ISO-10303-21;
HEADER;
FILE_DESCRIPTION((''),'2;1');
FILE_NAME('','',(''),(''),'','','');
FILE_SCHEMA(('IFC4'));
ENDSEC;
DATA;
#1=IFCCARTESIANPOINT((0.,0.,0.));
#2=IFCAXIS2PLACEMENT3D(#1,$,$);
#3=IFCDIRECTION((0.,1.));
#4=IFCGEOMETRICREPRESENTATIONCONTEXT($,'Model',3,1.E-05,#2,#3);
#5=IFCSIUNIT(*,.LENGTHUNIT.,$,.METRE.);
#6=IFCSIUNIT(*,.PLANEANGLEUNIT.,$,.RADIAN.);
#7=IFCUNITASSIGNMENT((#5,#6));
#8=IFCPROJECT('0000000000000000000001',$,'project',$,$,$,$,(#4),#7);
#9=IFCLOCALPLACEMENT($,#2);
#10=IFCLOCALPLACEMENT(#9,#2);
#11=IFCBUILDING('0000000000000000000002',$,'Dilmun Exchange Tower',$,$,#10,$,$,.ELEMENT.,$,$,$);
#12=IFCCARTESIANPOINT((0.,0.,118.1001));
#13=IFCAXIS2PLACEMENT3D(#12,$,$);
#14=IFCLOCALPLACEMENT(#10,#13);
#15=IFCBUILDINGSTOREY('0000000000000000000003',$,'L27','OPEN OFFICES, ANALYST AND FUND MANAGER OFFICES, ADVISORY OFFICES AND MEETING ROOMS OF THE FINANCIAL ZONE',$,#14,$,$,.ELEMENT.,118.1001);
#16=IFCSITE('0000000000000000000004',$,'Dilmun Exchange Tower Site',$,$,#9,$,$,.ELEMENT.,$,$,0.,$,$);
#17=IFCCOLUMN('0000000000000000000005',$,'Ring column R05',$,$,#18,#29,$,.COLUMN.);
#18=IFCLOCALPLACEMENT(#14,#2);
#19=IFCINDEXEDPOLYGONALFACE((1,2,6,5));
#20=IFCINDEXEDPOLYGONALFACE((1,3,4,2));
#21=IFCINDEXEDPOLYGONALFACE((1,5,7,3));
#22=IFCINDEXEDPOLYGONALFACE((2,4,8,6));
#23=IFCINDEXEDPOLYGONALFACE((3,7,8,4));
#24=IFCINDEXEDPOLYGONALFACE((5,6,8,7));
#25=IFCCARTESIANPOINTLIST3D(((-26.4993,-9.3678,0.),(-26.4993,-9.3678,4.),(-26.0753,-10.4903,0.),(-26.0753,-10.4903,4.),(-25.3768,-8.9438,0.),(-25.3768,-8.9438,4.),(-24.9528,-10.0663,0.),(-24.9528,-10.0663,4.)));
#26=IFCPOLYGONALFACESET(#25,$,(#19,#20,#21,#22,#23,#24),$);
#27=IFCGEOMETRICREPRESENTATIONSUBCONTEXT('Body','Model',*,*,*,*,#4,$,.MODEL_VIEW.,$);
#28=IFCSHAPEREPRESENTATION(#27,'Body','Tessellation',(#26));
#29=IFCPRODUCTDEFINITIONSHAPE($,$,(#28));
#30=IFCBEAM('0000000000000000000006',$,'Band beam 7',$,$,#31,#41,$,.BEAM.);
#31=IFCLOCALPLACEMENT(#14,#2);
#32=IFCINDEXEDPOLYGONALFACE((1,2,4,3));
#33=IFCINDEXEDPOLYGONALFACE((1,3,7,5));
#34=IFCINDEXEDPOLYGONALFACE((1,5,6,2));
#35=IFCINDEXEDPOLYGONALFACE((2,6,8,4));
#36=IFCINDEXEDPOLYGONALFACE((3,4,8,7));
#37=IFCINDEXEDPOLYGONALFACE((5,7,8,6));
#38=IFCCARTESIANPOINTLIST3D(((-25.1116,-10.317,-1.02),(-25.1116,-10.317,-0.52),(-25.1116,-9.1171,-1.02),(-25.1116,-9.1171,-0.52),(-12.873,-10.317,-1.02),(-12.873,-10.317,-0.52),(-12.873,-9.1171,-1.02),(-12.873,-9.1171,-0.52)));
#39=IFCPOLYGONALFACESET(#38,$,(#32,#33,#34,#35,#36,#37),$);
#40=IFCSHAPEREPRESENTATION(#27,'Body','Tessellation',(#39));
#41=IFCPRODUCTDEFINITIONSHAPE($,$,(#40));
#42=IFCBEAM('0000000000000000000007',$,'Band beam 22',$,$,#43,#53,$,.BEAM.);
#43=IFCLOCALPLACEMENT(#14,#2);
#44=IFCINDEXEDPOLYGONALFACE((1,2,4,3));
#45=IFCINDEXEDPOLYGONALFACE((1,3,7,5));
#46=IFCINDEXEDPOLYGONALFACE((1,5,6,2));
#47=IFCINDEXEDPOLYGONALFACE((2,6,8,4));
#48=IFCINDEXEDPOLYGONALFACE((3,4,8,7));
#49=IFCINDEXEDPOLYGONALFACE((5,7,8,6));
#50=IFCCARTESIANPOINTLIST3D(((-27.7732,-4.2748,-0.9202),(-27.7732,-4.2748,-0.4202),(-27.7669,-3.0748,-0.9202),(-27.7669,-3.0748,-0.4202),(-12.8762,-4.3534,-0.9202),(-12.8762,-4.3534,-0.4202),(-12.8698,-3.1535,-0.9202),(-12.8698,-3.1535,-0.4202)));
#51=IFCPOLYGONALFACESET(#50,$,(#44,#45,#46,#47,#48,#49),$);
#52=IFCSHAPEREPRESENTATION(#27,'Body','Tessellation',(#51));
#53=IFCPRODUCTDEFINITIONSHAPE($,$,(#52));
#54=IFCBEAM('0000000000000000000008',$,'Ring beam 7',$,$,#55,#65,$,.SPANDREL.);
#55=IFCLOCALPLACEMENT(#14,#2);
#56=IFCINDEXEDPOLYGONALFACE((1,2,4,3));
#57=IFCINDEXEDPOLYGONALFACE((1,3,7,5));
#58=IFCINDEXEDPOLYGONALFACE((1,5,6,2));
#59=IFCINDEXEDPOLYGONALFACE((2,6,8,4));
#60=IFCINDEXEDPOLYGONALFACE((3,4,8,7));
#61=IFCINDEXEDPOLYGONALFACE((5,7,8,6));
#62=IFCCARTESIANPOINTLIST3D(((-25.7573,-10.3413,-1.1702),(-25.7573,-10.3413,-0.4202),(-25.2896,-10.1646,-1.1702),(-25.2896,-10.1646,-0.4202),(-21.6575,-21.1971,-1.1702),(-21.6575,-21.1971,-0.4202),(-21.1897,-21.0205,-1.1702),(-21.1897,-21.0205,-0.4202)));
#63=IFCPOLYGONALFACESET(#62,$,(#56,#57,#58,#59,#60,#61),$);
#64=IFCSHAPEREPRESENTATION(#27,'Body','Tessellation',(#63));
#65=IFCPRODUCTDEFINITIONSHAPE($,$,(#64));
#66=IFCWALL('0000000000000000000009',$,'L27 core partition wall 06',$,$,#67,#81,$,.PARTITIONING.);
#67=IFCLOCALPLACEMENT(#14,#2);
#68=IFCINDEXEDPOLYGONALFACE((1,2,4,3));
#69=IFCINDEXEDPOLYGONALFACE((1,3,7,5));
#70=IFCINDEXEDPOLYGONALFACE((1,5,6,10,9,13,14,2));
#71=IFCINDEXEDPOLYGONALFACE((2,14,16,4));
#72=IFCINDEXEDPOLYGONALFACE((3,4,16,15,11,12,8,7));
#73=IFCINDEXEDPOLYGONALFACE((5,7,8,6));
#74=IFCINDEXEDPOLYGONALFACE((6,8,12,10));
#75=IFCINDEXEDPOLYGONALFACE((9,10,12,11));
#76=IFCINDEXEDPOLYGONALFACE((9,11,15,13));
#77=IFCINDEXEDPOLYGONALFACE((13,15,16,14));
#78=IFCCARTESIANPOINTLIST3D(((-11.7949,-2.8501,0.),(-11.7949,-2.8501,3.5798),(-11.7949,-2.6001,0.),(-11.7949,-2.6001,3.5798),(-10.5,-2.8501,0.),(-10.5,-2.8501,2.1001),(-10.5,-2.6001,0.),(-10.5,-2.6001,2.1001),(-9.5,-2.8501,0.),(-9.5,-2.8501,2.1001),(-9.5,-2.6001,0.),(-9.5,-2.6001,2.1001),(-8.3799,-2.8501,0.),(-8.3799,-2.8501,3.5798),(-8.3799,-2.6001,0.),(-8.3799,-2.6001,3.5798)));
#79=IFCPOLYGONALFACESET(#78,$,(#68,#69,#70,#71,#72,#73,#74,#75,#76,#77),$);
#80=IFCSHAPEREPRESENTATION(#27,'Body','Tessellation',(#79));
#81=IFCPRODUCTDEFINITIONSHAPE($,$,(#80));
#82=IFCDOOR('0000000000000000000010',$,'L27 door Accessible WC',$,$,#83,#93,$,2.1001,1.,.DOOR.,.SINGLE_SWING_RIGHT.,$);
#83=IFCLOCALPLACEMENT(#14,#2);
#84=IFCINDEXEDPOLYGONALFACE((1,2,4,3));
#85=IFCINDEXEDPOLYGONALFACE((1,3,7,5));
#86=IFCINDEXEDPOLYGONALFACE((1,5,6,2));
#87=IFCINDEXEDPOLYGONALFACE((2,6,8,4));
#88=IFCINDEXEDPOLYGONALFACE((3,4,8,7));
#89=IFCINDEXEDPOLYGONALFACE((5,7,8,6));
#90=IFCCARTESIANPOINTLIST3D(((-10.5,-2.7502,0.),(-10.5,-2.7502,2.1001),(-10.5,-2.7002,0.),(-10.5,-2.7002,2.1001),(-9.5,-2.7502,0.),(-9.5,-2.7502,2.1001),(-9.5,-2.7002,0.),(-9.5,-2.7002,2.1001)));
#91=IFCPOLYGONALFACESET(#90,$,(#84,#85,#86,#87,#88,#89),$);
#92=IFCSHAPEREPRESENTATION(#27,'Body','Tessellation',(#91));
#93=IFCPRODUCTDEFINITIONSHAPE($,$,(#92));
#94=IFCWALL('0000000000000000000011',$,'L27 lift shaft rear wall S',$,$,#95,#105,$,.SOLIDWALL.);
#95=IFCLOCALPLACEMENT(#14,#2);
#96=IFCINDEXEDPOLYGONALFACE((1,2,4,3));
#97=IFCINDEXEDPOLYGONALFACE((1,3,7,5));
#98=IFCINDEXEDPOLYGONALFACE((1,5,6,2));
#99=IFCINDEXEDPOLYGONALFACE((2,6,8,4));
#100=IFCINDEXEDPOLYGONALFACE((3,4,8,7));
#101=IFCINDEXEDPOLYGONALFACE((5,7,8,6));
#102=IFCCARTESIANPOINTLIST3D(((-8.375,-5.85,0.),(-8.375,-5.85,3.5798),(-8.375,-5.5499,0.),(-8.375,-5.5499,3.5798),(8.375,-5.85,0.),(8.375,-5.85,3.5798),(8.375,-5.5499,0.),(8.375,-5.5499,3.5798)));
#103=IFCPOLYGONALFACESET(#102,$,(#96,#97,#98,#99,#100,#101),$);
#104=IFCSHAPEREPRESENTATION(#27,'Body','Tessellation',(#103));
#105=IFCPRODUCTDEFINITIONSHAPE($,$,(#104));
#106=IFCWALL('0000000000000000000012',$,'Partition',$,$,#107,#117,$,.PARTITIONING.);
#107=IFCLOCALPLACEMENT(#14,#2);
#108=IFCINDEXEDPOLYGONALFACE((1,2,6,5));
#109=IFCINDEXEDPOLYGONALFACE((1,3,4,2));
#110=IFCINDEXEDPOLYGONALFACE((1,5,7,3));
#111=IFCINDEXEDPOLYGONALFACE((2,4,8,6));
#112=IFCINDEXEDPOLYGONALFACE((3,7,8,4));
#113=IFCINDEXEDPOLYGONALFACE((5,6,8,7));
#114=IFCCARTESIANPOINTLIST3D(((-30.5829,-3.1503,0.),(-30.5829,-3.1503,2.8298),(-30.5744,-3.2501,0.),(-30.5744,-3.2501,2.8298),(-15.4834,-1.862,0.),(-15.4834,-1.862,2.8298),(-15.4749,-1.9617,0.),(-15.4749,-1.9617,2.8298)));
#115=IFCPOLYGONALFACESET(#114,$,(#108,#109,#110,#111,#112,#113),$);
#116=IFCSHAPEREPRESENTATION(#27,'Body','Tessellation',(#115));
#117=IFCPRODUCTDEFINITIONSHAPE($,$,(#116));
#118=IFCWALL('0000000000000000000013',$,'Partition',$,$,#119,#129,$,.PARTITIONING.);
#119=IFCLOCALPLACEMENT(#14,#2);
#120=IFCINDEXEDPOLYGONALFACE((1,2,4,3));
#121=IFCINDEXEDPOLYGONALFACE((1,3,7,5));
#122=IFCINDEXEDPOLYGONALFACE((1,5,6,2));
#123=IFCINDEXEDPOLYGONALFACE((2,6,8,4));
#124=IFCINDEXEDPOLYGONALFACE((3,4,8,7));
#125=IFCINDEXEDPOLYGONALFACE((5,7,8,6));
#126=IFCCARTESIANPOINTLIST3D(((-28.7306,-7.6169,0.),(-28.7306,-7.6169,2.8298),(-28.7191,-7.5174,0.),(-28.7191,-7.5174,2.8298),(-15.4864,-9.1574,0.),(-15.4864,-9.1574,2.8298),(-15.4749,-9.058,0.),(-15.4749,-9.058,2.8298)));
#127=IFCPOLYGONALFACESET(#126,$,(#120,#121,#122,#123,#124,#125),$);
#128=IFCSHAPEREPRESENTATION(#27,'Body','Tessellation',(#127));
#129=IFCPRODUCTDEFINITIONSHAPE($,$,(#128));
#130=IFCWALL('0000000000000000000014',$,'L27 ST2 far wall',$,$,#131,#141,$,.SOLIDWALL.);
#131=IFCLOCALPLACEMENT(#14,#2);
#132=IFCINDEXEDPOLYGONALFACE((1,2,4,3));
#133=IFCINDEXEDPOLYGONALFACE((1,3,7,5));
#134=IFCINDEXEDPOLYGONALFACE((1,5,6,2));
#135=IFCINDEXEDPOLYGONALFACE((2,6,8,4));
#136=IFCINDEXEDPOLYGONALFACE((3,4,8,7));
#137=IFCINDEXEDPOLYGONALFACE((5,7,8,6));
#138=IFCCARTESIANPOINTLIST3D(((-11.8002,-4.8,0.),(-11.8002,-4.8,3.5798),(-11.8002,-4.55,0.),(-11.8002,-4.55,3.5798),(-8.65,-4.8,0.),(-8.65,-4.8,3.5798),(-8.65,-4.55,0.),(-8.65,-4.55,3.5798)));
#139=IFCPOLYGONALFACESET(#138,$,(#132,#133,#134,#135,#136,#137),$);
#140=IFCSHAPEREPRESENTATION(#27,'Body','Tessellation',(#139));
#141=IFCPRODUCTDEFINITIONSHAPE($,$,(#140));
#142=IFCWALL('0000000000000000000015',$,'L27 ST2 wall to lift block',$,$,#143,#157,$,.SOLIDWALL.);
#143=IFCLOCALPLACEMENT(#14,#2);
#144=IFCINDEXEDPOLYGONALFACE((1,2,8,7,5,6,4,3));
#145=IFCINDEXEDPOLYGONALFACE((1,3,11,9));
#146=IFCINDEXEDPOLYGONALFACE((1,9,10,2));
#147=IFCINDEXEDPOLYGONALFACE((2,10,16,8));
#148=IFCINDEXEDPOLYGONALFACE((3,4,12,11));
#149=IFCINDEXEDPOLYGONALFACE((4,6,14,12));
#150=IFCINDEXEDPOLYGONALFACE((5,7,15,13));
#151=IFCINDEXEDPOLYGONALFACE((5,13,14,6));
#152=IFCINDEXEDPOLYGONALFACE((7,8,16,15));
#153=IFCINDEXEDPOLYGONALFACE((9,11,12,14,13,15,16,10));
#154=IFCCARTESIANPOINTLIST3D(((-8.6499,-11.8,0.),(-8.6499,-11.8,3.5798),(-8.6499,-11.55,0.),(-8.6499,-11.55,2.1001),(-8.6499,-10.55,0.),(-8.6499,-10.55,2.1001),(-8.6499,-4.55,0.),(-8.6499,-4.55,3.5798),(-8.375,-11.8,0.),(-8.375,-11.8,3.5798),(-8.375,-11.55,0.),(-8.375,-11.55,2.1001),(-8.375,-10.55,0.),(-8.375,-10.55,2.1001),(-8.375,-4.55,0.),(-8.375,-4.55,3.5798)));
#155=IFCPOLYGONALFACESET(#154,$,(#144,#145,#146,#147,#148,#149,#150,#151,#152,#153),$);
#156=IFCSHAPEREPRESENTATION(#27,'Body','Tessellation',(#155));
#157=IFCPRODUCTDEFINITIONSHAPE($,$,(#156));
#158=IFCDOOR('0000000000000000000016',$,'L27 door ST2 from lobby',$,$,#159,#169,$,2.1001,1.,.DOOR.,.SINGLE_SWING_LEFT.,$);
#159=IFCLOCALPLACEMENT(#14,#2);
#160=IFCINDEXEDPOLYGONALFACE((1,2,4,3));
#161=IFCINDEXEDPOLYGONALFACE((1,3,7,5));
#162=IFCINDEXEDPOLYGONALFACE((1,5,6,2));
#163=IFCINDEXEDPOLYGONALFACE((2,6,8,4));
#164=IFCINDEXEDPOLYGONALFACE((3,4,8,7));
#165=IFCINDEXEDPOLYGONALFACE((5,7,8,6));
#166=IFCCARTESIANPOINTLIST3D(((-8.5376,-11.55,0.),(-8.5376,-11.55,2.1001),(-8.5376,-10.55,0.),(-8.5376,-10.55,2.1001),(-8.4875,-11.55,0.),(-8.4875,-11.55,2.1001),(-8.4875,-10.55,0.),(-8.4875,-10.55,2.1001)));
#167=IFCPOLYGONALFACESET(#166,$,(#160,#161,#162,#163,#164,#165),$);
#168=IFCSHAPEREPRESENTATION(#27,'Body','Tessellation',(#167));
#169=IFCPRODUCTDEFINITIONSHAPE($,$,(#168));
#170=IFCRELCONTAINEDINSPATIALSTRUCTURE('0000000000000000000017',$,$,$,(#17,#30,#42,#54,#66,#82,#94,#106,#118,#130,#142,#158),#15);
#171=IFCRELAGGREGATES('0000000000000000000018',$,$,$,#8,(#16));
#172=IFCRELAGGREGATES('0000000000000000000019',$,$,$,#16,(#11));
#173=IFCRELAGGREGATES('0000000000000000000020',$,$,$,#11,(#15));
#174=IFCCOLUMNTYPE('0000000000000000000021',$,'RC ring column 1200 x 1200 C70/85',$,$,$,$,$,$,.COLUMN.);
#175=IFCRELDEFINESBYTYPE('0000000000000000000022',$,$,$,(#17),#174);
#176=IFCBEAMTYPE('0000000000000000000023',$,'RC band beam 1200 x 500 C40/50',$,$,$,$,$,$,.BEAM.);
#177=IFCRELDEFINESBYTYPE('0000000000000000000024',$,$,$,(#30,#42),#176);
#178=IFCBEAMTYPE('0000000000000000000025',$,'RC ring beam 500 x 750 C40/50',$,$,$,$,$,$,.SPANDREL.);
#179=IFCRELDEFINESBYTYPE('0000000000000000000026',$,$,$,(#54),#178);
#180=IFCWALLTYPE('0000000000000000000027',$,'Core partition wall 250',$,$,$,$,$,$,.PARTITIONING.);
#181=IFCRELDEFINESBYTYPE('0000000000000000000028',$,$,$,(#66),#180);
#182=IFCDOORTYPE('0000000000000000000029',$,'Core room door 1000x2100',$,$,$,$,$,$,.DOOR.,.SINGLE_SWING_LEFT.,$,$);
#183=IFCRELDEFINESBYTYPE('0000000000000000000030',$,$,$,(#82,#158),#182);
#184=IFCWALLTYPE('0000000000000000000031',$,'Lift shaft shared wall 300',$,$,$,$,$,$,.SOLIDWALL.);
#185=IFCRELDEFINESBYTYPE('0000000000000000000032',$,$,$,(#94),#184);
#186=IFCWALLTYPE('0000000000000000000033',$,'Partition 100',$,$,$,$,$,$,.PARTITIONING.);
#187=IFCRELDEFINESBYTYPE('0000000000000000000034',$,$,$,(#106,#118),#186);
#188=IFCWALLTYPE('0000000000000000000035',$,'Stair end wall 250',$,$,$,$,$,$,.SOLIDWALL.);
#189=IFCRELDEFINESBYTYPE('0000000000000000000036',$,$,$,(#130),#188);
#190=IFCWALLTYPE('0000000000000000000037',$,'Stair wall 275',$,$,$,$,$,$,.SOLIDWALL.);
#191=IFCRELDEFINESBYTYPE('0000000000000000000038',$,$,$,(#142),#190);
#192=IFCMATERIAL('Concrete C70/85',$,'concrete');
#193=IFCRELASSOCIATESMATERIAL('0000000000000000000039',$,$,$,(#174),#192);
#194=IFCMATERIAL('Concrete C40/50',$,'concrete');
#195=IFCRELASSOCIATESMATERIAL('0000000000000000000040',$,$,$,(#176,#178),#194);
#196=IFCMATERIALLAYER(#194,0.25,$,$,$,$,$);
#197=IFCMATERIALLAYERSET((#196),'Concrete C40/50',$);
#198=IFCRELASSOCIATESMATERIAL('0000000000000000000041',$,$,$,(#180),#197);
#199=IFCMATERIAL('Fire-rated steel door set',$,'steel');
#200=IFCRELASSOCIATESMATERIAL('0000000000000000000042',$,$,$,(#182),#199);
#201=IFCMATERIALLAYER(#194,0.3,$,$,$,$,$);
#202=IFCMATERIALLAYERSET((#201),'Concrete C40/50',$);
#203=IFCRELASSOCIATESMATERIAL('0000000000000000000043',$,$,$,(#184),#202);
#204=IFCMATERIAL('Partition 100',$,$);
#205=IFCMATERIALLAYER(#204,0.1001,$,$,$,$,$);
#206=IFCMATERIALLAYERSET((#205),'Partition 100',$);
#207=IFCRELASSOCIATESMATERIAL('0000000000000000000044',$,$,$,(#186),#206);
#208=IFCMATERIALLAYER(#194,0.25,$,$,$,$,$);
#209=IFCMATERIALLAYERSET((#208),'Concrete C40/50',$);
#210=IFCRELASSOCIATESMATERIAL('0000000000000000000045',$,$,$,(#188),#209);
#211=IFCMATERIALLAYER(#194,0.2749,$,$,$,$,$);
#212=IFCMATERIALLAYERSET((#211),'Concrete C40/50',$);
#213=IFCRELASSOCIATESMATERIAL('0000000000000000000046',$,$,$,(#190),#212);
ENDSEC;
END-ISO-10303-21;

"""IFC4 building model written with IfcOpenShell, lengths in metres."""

from ifc_helpers import new_model, si_unit, direction, frame, frame_2d, origin, origin_2d, place, context, subcontext, project, spatial, rectangle, extrude, material, layer, layer_set, material_profile, profile_set, type_object, element, fill, save


model = new_model("IFC4")

# Units and contexts
model_context = context("Model", 3, precision=1e-05, world=origin(), true_north=direction((0.0, 1.0)))
body_context = subcontext(model_context, "Body", "Model", "MODEL_VIEW")
ifc_project = project(units=[si_unit("LENGTHUNIT", "METRE"), si_unit("PLANEANGLEUNIT", "RADIAN")], contexts=[model_context])

# Site, building, storey
site_placement = place(None, origin())
site = spatial("IfcSite", under=ifc_project, at=site_placement, Name="Dilmun Exchange Tower Site", CompositionType="ELEMENT", RefElevation=0.0)
building_placement = place(site_placement, origin())
building = spatial("IfcBuilding", under=site, at=building_placement, Name="Dilmun Exchange Tower", CompositionType="ELEMENT")
storey_placement = place(building_placement, frame((0.0, 0.0, 118.1001)))
storey = spatial("IfcBuildingStorey", under=building, at=storey_placement, Name="L27", Description="OPEN OFFICES, ANALYST AND FUND MANAGER OFFICES, ADVISORY OFFICES AND MEETING ROOMS OF THE FINANCIAL ZONE", CompositionType="ELEMENT", Elevation=118.1001)

# Column
ifc_material_1 = material(Name="Concrete C70/85", Category="concrete")
ifc_material_profile_1 = material_profile(ifc_material_1, rectangle(XDim=1.2, YDim=1.2, at=origin_2d()), Name="1200 x 1200")
ifc_profile_set_1 = profile_set([ifc_material_profile_1], Name="Concrete C70/85")
column_type = type_object("IfcColumnType", Name="RC ring column 1200 x 1200 C70/85", PredefinedType="COLUMN", material=ifc_profile_set_1)
column_placement = place(storey_placement, frame((-25.7261, -9.717, 0.0), z_axis=(0.0, 0.0, 1.0), x_axis=(0.935492, 0.353349, 0.0)))
element("IfcColumn", 1, at=column_placement, inside=storey, type_object=column_type, Name="Ring column R05", PredefinedType="COLUMN", context=body_context, shape_type="SweptSolid", body=[
    extrude(rectangle(XDim=1.2, YDim=1.2, at=origin_2d()), origin(), (0.0, 0.0, 1.0), 4.0),
])

# Beams
ifc_material_2 = material(Name="Concrete C40/50", Category="concrete")
ifc_material_profile_2 = material_profile(ifc_material_2, rectangle(XDim=1.2, YDim=0.5, at=origin_2d()), Name="1200 x 500")
ifc_profile_set_2 = profile_set([ifc_material_profile_2], Name="Concrete C40/50")
beam_type_1 = type_object("IfcBeamType", Name="RC band beam 1200 x 500 C40/50", PredefinedType="BEAM", material=ifc_profile_set_2)
beam_1_placement = place(storey_placement, frame((-25.1116, -9.717, -0.77), z_axis=(1.0, 0.0, 0.0), x_axis=(0.0, 1.0, 0.0)))
element("IfcBeam", 2, at=beam_1_placement, inside=storey, type_object=beam_type_1, Name="Band beam 7", PredefinedType="BEAM", context=body_context, shape_type="SweptSolid", body=[
    extrude(rectangle(XDim=1.2, YDim=0.5, at=origin_2d()), origin(), (0.0, 0.0, 1.0), 12.2385),
])
beam_2_placement = place(storey_placement, frame((-27.77, -3.6748, -0.6702), z_axis=(0.999986, -0.005277, 0.0), x_axis=(0.005277, 0.999986, 0.0)))
element("IfcBeam", 3, at=beam_2_placement, inside=storey, type_object=beam_type_1, Name="Band beam 22", PredefinedType="BEAM", context=body_context, shape_type="SweptSolid", body=[
    extrude(rectangle(XDim=1.2, YDim=0.5, at=origin_2d()), origin(), (0.0, 0.0, 1.0), 14.8972),
])
ifc_material_profile_3 = material_profile(ifc_material_2, rectangle(XDim=0.5, YDim=0.75, at=origin_2d()), Name="500 x 750")
ifc_profile_set_3 = profile_set([ifc_material_profile_3], Name="Concrete C40/50")
beam_type_2 = type_object("IfcBeamType", Name="RC ring beam 500 x 750 C40/50", PredefinedType="SPANDREL", material=ifc_profile_set_3)
beam_3_placement = place(storey_placement, frame((-25.5234, -10.2529, -0.7952), z_axis=(0.353304, -0.935509, 0.0), x_axis=(0.935509, 0.353304, 0.0)))
element("IfcBeam", 4, at=beam_3_placement, inside=storey, type_object=beam_type_2, Name="Ring beam 7", PredefinedType="SPANDREL", context=body_context, shape_type="SweptSolid", body=[
    extrude(rectangle(XDim=0.5, YDim=0.75, at=origin_2d()), origin(), (0.0, 0.0, 1.0), 11.6042),
])

# Wall, opening, door
ifc_layer_1 = layer(ifc_material_2, 0.25)
ifc_layer_set_1 = layer_set([ifc_layer_1], Name="Concrete C40/50")
wall_type_1 = type_object("IfcWallType", Name="Core partition wall 250", PredefinedType="PARTITIONING", material=ifc_layer_set_1)
wall_1_placement = place(storey_placement, frame((-11.7949, -2.7251, 0.0), z_axis=(0.0, 0.0, 1.0), x_axis=(1.0, 0.0, 0.0)))
wall_1 = element("IfcWall", 5, at=wall_1_placement, inside=storey, type_object=wall_type_1, Name="L27 core partition wall 06", PredefinedType="PARTITIONING", context=body_context, shape_type="SweptSolid", body=[
    extrude(rectangle(XDim=3.415, YDim=0.25, at=frame_2d((1.7075, 0.0))), origin(), (0.0, 0.0, 1.0), 3.5798),
])
opening_1_placement = place(wall_1_placement, frame((1.2949, 0.0, 0.0)))
opening_1 = element("IfcOpeningElement", 6, at=opening_1_placement, cuts=wall_1, PredefinedType="OPENING", context=body_context, shape_type="SweptSolid", body=[
    extrude(rectangle(XDim=1.0, YDim=2.1001, at=frame_2d((0.5, 1.05))), frame((0.0, 0.135, 0.0), z_axis=(0.0, -1.0, 0.0), x_axis=(1.0, 0.0, 0.0)), (0.0, 0.0, 1.0), 0.27),
])
ifc_material_3 = material(Name="Fire-rated steel door set", Category="steel")
door_type = type_object("IfcDoorType", Name="Core room door 1000x2100", OperationType="SINGLE_SWING_LEFT", PredefinedType="DOOR", material=ifc_material_3)
door_1_placement = place(opening_1_placement, origin())
door_1 = element("IfcDoor", 7, at=door_1_placement, inside=storey, type_object=door_type, Name="L27 door Accessible WC", OperationType="SINGLE_SWING_RIGHT", OverallHeight=2.1001, OverallWidth=1.0, PredefinedType="DOOR", context=body_context, shape_type="SweptSolid", body=[
    extrude(rectangle(XDim=1.0, YDim=2.1001, at=frame_2d((0.5, 1.05))), frame((0.0, 0.0249, 0.0), z_axis=(0.0, -1.0, 0.0), x_axis=(1.0, 0.0, 0.0)), (0.0, 0.0, 1.0), 0.05),
])
fill(opening_1, door_1)

# Walls
ifc_layer_2 = layer(ifc_material_2, 0.3)
ifc_layer_set_2 = layer_set([ifc_layer_2], Name="Concrete C40/50")
wall_type_2 = type_object("IfcWallType", Name="Lift shaft shared wall 300", PredefinedType="SOLIDWALL", material=ifc_layer_set_2)
wall_2_placement = place(storey_placement, frame((-8.375, -5.7, 0.0), z_axis=(0.0, 0.0, 1.0), x_axis=(1.0, 0.0, 0.0)))
element("IfcWall", 8, at=wall_2_placement, inside=storey, type_object=wall_type_2, Name="L27 lift shaft rear wall S", PredefinedType="SOLIDWALL", context=body_context, shape_type="SweptSolid", body=[
    extrude(rectangle(XDim=16.75, YDim=0.3, at=frame_2d((8.375, 0.0))), origin(), (0.0, 0.0, 1.0), 3.5798),
])
ifc_material_4 = material(Name="Partition 100")
ifc_layer_3 = layer(ifc_material_4, 0.1001)
ifc_layer_set_3 = layer_set([ifc_layer_3], Name="Partition 100")
wall_type_3 = type_object("IfcWallType", Name="Partition 100", PredefinedType="PARTITIONING", material=ifc_layer_set_3)
wall_3_placement = place(storey_placement, frame((-30.5786, -3.2002, 0.0), z_axis=(0.0, 0.0, 1.0), x_axis=(0.99638, 0.085015, 0.0)))
element("IfcWall", 9, at=wall_3_placement, inside=storey, type_object=wall_type_3, Name="Partition", PredefinedType="PARTITIONING", context=body_context, shape_type="SweptSolid", body=[
    extrude(rectangle(XDim=15.1543, YDim=0.1001, at=frame_2d((7.5771, 0.0))), origin(), (0.0, 0.0, 1.0), 2.8298),
])
wall_4_placement = place(storey_placement, frame((-28.7249, -7.5671, 0.0), z_axis=(0.0, 0.0, 1.0), x_axis=(0.993303, -0.115539, 0.0)))
element("IfcWall", 10, at=wall_4_placement, inside=storey, type_object=wall_type_3, Name="Partition", PredefinedType="PARTITIONING", context=body_context, shape_type="SweptSolid", body=[
    extrude(rectangle(XDim=13.3335, YDim=0.1001, at=frame_2d((6.6667, 0.0))), origin(), (0.0, 0.0, 1.0), 2.8298),
])
ifc_layer_4 = layer(ifc_material_2, 0.25)
ifc_layer_set_4 = layer_set([ifc_layer_4], Name="Concrete C40/50")
wall_type_4 = type_object("IfcWallType", Name="Stair end wall 250", PredefinedType="SOLIDWALL", material=ifc_layer_set_4)
wall_5_placement = place(storey_placement, frame((-8.6499, -4.675, 0.0), z_axis=(0.0, 0.0, 1.0), x_axis=(-1.0, 0.0, 0.0)))
element("IfcWall", 11, at=wall_5_placement, inside=storey, type_object=wall_type_4, Name="L27 ST2 far wall", PredefinedType="SOLIDWALL", context=body_context, shape_type="SweptSolid", body=[
    extrude(rectangle(XDim=3.1501, YDim=0.25, at=frame_2d((1.5752, 0.0))), origin(), (0.0, 0.0, 1.0), 3.5798),
])

# Wall, opening, door
ifc_layer_5 = layer(ifc_material_2, 0.2749)
ifc_layer_set_5 = layer_set([ifc_layer_5], Name="Concrete C40/50")
wall_type_5 = type_object("IfcWallType", Name="Stair wall 275", PredefinedType="SOLIDWALL", material=ifc_layer_set_5)
wall_6_placement = place(storey_placement, frame((-8.5125, -4.55, 0.0), z_axis=(0.0, 0.0, 1.0), x_axis=(0.0, -1.0, 0.0)))
wall_6 = element("IfcWall", 12, at=wall_6_placement, inside=storey, type_object=wall_type_5, Name="L27 ST2 wall to lift block", PredefinedType="SOLIDWALL", context=body_context, shape_type="SweptSolid", body=[
    extrude(rectangle(XDim=7.25, YDim=0.2749, at=frame_2d((3.625, 0.0))), origin(), (0.0, 0.0, 1.0), 3.5798),
])
opening_2_placement = place(wall_6_placement, frame((6.0, 0.0, 0.0)))
opening_2 = element("IfcOpeningElement", 13, at=opening_2_placement, cuts=wall_6, PredefinedType="OPENING", context=body_context, shape_type="SweptSolid", body=[
    extrude(rectangle(XDim=1.0, YDim=2.1001, at=frame_2d((0.5, 1.05))), frame((0.0, 0.1475, 0.0), z_axis=(0.0, -1.0, 0.0), x_axis=(1.0, 0.0, 0.0)), (0.0, 0.0, 1.0), 0.2949),
])
door_2_placement = place(opening_2_placement, origin())
door_2 = element("IfcDoor", 14, at=door_2_placement, inside=storey, type_object=door_type, Name="L27 door ST2 from lobby", OperationType="SINGLE_SWING_LEFT", OverallHeight=2.1001, OverallWidth=1.0, PredefinedType="DOOR", context=body_context, shape_type="SweptSolid", body=[
    extrude(rectangle(XDim=1.0, YDim=2.1001, at=frame_2d((0.5, 1.05))), frame((0.0, 0.0249, 0.0), z_axis=(0.0, -1.0, 0.0), x_axis=(1.0, 0.0, 0.0)), (0.0, 0.0, 1.0), 0.05),
])
fill(opening_2, door_2)

save(model, "model.ifc")
